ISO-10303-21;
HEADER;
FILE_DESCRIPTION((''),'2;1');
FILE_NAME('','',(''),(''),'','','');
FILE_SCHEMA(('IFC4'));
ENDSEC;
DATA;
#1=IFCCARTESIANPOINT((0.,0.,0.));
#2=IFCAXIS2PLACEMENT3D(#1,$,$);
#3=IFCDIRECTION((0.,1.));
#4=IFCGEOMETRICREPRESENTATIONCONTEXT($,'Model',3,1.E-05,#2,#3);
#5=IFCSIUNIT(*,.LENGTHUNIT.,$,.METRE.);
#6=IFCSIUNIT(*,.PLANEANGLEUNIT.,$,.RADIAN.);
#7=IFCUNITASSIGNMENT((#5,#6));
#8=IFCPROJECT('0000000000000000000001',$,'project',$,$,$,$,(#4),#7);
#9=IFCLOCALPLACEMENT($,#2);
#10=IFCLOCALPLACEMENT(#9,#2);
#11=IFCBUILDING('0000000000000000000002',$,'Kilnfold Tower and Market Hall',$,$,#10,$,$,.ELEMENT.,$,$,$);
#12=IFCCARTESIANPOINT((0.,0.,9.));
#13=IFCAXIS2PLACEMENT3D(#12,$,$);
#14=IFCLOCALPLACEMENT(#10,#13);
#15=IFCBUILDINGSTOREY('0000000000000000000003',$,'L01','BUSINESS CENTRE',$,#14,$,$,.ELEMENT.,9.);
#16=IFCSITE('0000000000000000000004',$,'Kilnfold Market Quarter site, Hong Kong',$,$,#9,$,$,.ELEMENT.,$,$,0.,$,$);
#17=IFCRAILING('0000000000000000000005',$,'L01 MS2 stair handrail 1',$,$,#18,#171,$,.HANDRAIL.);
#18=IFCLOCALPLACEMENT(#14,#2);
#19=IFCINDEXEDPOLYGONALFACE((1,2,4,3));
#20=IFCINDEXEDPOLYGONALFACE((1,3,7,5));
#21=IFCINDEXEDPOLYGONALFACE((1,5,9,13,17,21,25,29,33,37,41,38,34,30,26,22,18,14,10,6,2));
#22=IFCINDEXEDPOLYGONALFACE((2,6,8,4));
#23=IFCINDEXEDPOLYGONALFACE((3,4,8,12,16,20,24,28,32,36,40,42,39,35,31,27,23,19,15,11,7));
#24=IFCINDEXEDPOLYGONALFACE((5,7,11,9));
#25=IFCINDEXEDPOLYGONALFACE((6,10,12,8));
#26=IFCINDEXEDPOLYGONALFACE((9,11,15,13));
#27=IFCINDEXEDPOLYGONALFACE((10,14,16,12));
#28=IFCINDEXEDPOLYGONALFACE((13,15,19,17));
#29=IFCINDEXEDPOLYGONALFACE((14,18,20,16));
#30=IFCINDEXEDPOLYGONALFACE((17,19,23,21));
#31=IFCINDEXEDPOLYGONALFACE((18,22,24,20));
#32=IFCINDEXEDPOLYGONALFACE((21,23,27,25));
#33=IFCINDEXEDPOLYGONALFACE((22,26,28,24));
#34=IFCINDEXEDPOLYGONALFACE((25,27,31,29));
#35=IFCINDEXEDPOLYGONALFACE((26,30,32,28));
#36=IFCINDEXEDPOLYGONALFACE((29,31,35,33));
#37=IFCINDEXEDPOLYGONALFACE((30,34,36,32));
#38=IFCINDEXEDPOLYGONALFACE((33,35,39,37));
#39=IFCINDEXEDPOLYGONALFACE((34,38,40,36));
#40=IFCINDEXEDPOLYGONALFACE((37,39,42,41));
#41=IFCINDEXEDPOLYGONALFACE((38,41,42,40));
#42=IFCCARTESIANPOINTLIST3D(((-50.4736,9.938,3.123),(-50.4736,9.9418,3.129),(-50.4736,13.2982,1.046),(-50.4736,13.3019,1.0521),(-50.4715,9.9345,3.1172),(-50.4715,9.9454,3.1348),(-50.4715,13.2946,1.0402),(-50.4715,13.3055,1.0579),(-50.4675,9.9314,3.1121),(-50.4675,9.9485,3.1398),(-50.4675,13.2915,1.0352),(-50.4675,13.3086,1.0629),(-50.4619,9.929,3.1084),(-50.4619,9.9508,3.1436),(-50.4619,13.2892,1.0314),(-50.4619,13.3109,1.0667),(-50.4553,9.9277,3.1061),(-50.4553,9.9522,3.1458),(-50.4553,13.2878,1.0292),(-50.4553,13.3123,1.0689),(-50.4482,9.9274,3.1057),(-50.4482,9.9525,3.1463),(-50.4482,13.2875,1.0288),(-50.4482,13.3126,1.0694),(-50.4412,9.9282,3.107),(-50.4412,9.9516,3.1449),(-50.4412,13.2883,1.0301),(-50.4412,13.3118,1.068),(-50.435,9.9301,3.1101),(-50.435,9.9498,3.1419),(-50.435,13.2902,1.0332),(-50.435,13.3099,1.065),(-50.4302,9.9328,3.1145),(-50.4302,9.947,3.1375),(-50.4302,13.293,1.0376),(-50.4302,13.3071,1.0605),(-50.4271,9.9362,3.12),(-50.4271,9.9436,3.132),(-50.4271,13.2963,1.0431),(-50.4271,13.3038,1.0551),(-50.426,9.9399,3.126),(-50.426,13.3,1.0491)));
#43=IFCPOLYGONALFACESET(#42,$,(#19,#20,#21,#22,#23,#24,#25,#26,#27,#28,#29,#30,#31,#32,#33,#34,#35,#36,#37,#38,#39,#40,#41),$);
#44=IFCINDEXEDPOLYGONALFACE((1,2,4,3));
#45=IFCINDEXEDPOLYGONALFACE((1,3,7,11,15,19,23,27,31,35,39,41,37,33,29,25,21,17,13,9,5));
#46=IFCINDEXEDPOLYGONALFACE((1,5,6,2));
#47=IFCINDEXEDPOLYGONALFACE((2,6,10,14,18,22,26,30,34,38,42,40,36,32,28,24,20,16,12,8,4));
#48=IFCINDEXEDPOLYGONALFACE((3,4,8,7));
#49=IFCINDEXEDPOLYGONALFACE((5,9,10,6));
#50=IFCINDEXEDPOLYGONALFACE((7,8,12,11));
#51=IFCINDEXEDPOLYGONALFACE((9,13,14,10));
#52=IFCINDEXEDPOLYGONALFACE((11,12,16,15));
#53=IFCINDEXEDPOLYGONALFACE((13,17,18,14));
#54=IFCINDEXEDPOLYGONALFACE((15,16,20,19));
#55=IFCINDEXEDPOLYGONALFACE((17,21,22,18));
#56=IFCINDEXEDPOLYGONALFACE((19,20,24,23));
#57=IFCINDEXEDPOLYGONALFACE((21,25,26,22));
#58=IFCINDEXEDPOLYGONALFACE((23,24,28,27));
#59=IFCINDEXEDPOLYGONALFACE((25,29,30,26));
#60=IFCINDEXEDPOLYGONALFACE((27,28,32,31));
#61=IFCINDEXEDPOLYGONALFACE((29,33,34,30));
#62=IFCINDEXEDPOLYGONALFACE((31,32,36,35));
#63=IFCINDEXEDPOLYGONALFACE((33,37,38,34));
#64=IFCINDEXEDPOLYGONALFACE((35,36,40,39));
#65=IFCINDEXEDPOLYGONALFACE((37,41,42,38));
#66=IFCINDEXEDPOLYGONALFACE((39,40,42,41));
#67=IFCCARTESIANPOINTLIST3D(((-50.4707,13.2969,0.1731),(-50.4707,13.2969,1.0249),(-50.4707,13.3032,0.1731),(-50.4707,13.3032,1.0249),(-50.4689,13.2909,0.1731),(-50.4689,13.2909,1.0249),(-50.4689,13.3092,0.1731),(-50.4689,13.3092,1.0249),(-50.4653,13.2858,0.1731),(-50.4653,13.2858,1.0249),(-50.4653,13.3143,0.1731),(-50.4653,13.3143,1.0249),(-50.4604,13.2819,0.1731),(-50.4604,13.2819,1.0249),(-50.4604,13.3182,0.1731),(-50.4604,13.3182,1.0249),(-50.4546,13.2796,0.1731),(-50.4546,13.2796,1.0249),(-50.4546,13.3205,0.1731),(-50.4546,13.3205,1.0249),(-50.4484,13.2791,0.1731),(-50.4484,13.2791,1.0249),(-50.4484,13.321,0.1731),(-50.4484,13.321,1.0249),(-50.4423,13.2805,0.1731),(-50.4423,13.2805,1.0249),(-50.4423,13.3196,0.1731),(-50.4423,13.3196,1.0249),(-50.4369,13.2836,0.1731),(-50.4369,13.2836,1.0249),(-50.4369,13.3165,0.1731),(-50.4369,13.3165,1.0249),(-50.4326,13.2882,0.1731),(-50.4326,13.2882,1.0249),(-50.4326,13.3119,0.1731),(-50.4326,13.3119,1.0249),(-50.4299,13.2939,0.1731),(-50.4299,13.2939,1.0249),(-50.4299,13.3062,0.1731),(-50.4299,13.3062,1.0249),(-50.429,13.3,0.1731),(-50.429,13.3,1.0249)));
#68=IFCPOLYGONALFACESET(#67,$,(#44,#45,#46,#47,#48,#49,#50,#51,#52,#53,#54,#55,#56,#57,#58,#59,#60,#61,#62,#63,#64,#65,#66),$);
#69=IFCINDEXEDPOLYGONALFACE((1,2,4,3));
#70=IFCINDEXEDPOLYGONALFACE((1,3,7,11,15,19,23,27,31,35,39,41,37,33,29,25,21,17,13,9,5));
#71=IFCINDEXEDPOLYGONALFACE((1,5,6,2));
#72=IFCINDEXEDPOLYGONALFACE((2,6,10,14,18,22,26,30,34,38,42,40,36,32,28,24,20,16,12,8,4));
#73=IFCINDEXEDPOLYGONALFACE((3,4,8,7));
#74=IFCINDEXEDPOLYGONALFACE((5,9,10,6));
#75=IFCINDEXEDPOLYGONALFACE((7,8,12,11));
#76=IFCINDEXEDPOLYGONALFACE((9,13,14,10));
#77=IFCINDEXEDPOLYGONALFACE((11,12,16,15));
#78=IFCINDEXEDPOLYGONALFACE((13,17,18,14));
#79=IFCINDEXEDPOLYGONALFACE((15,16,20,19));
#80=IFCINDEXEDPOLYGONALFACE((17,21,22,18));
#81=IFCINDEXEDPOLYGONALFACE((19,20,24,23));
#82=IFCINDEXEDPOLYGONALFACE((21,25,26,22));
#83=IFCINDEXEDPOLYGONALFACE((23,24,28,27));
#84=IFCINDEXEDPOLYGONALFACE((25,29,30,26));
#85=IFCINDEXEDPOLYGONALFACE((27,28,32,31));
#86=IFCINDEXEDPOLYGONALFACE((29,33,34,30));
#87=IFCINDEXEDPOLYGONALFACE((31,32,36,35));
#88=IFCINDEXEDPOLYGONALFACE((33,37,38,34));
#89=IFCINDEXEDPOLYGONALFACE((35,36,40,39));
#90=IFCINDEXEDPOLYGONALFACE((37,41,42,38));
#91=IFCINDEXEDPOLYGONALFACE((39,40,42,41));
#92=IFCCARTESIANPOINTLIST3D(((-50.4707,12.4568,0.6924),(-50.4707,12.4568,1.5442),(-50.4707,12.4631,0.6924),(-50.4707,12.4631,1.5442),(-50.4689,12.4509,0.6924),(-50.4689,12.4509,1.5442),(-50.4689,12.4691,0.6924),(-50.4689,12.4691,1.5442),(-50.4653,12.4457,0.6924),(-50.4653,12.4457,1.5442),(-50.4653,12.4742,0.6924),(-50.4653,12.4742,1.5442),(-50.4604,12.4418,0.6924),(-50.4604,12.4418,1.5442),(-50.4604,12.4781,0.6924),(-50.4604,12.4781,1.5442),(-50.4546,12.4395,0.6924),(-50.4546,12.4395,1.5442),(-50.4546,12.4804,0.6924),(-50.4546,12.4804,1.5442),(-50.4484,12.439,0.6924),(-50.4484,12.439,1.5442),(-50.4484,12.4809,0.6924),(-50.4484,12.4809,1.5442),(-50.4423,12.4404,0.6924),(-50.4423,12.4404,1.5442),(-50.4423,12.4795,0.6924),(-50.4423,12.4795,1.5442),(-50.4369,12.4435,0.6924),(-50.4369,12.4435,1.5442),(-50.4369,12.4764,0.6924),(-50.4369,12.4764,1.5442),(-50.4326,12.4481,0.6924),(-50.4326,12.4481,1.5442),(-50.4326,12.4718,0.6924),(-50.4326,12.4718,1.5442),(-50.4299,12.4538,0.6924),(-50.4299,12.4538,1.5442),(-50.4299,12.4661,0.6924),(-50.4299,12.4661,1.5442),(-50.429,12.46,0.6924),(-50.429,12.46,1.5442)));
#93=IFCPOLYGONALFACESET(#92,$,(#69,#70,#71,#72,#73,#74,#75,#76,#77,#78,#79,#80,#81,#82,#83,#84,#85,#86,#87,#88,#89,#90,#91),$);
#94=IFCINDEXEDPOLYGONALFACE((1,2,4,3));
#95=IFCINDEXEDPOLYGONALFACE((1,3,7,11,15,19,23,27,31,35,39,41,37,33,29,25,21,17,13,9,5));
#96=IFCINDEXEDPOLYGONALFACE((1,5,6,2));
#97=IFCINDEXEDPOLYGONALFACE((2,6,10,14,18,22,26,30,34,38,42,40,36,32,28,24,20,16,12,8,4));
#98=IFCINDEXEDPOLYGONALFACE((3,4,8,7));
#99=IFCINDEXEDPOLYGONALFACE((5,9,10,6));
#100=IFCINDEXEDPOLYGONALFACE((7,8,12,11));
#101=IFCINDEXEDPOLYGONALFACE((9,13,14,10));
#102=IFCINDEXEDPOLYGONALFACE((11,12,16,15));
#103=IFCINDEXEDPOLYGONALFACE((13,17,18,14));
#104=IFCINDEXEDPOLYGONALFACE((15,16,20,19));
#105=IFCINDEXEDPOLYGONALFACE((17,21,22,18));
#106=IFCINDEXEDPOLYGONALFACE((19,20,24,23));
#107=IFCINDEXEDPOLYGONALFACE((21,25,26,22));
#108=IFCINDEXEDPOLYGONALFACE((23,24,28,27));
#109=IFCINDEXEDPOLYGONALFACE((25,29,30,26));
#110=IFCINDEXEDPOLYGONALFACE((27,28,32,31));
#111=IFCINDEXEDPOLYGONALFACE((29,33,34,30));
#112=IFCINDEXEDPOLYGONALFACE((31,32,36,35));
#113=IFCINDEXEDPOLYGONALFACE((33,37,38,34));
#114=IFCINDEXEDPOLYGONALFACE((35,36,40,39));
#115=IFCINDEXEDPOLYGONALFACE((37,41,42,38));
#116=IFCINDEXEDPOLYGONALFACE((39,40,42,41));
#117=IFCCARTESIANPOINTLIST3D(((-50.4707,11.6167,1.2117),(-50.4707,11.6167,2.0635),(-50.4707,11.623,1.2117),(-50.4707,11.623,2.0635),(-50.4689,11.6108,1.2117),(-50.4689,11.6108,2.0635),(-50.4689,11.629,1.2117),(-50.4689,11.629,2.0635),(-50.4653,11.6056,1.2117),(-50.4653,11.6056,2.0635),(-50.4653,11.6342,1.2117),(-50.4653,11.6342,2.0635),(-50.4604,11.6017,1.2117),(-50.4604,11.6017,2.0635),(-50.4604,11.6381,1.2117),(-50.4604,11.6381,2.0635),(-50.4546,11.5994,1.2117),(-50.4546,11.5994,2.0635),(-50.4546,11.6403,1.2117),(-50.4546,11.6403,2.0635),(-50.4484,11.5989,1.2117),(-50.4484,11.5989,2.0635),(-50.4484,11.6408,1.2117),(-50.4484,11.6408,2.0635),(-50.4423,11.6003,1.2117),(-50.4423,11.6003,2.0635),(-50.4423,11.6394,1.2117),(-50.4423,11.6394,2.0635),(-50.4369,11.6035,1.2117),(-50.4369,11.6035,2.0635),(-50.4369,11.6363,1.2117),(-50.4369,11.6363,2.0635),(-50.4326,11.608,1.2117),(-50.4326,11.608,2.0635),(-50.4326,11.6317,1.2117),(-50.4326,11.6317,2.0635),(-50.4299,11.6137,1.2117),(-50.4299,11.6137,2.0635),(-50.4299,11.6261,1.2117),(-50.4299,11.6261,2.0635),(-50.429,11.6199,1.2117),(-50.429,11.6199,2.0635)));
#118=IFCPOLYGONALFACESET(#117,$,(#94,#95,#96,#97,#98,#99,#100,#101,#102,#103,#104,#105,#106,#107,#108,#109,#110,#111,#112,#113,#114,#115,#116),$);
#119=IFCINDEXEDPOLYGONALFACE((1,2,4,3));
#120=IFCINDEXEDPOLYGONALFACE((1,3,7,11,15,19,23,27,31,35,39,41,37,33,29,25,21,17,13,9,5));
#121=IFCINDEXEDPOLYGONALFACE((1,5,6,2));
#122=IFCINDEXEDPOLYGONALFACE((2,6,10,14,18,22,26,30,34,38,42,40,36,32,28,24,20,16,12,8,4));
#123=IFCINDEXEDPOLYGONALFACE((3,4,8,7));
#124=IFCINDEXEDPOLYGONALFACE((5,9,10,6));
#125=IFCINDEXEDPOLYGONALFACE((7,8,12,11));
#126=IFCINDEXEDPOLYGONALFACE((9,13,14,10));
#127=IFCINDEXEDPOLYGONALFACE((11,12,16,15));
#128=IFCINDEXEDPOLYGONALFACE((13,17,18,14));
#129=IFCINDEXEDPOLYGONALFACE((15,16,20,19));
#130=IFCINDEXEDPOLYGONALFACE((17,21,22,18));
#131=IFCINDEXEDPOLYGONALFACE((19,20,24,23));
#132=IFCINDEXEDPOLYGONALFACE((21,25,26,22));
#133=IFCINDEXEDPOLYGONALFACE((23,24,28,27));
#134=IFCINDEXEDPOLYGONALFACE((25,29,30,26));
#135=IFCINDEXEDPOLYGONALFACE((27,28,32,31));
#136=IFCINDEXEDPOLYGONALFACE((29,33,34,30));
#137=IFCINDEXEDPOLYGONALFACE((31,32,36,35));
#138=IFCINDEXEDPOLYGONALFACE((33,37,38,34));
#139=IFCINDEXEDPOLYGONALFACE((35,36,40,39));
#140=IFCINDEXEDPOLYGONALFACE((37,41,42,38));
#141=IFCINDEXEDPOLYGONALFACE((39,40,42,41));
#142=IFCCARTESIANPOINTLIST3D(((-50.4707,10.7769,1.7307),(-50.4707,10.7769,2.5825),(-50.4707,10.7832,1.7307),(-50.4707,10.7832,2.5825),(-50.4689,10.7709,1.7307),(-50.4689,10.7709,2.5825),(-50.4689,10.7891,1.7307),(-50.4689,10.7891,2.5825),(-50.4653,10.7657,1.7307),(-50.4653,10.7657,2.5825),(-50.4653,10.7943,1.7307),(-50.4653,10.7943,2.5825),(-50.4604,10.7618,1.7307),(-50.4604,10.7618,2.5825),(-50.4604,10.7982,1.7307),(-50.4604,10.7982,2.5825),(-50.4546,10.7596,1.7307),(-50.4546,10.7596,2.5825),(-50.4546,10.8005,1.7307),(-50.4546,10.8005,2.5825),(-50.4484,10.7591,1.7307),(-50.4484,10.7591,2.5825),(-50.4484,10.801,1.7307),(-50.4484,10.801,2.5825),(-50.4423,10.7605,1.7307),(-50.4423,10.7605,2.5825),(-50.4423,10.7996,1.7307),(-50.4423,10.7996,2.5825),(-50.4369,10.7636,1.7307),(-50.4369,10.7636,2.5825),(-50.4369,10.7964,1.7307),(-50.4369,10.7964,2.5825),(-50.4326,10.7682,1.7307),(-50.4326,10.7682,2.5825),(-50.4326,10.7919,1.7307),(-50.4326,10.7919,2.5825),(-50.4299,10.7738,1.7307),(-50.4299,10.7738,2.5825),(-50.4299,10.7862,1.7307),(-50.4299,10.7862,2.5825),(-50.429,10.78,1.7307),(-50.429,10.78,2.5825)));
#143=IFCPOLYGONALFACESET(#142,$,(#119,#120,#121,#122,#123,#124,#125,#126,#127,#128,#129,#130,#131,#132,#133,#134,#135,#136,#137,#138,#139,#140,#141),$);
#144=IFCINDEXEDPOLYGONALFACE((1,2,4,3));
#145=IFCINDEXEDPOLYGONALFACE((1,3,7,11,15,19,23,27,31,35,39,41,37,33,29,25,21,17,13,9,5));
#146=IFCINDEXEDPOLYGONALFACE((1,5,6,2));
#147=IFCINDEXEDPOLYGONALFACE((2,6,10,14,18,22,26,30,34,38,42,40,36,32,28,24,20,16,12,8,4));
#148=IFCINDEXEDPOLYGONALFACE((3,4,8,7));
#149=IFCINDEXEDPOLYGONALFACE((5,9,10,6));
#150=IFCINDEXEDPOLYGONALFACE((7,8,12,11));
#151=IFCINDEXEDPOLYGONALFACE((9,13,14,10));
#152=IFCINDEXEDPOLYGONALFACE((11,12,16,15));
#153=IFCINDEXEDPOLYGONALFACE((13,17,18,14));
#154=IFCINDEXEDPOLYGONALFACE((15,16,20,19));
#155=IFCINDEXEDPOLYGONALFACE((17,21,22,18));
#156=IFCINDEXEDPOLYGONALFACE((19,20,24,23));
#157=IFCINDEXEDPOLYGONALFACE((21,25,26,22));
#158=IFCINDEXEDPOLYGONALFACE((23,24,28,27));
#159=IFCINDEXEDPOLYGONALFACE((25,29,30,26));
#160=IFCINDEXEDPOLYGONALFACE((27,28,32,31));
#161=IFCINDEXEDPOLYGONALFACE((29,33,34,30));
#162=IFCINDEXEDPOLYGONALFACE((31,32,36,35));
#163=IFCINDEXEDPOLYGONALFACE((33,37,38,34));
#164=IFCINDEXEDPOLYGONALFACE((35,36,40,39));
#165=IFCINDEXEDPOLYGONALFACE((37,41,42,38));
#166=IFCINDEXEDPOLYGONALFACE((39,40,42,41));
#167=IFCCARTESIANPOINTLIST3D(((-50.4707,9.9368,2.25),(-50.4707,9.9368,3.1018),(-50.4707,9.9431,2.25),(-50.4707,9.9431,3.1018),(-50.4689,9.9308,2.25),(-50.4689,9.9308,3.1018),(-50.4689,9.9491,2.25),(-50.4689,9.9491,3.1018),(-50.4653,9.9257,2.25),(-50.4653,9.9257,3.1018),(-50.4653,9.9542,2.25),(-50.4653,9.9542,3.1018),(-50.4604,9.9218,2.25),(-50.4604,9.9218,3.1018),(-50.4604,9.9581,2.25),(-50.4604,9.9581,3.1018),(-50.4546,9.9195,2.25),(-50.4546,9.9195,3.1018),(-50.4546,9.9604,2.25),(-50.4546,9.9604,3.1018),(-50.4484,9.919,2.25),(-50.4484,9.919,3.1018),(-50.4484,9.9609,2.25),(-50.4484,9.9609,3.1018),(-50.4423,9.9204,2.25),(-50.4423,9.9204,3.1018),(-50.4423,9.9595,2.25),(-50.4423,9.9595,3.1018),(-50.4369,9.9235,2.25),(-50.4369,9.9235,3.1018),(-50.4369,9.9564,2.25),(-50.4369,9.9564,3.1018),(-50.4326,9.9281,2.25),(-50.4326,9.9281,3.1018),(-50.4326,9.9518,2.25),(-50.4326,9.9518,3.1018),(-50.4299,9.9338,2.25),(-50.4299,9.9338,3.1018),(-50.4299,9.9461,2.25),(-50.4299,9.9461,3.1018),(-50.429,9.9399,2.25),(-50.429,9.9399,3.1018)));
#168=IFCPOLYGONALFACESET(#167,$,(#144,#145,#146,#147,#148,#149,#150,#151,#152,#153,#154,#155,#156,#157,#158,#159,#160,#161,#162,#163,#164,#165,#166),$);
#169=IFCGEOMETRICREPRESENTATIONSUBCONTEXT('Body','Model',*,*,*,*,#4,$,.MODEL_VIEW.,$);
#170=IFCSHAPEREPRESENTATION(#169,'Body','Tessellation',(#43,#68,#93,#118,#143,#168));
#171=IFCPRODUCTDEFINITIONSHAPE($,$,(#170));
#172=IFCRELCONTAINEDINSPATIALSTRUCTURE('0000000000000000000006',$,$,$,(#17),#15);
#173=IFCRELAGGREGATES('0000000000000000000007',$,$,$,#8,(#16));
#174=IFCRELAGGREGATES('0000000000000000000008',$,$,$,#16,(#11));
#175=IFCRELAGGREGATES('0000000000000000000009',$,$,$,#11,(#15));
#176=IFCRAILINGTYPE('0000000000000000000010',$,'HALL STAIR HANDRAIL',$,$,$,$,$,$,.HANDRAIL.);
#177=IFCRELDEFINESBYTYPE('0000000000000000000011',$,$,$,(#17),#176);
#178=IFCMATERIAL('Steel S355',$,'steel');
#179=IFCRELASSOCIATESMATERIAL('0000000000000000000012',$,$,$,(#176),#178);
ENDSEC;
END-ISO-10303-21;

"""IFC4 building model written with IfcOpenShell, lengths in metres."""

from ifc_helpers import new_model, si_unit, direction, frame, origin, origin_2d, place, context, subcontext, project, spatial, circle, extrude, material, type_object, element, save


model = new_model("IFC4")

# Units and contexts
model_context = context("Model", 3, precision=1e-05, world=origin(), true_north=direction((0.0, 1.0)))
body_context = subcontext(model_context, "Body", "Model", "MODEL_VIEW")
ifc_project = project(units=[si_unit("LENGTHUNIT", "METRE"), si_unit("PLANEANGLEUNIT", "RADIAN")], contexts=[model_context])

# Site, building, storey
site_placement = place(None, origin())
site = spatial("IfcSite", under=ifc_project, at=site_placement, Name="Kilnfold Market Quarter site, Hong Kong", CompositionType="ELEMENT", RefElevation=0.0)
building_placement = place(site_placement, origin())
building = spatial("IfcBuilding", under=site, at=building_placement, Name="Kilnfold Tower and Market Hall", CompositionType="ELEMENT")
storey_placement = place(building_placement, frame((0.0, 0.0, 9.0)))
storey = spatial("IfcBuildingStorey", under=building, at=storey_placement, Name="L01", Description="BUSINESS CENTRE", CompositionType="ELEMENT", Elevation=9.0)

# Railing
ifc_material_1 = material(Name="Steel S355", Category="steel")
railing_type_1 = type_object("IfcRailingType", Name="HALL STAIR HANDRAIL", PredefinedType="HANDRAIL", material=ifc_material_1)
railing_1_placement = place(storey_placement, frame((-50.45, 13.3, 0.1731)))
element("IfcRailing", 1, at=railing_1_placement, inside=storey, type_object=railing_type_1, Name="L01 MS2 stair handrail 1", PredefinedType="HANDRAIL", context=body_context, shape_type="SweptSolid", body=[
    extrude(circle(Radius=0.0239, at=origin_2d()), frame((0.0, 0.0, 0.876), z_axis=(0.0, -0.850623, 0.525776), x_axis=(1.0, 0.0, 0.0)), (0.0, 0.0, 1.0), 3.9502),
    extrude(circle(Radius=0.021, at=origin_2d()), origin(), (0.0, 0.0, 1.0), 0.8518),
    extrude(circle(Radius=0.021, at=origin_2d()), frame((0.0, -0.8401, 0.5193)), (0.0, 0.0, 1.0), 0.8518),
    extrude(circle(Radius=0.021, at=origin_2d()), frame((0.0, -1.6802, 1.0386)), (0.0, 0.0, 1.0), 0.8518),
    extrude(circle(Radius=0.021, at=origin_2d()), frame((0.0, -2.52, 1.5576)), (0.0, 0.0, 1.0), 0.8518),
    extrude(circle(Radius=0.021, at=origin_2d()), frame((0.0, -3.3601, 2.0769)), (0.0, 0.0, 1.0), 0.8518),
])

save(model, "model.ifc")
